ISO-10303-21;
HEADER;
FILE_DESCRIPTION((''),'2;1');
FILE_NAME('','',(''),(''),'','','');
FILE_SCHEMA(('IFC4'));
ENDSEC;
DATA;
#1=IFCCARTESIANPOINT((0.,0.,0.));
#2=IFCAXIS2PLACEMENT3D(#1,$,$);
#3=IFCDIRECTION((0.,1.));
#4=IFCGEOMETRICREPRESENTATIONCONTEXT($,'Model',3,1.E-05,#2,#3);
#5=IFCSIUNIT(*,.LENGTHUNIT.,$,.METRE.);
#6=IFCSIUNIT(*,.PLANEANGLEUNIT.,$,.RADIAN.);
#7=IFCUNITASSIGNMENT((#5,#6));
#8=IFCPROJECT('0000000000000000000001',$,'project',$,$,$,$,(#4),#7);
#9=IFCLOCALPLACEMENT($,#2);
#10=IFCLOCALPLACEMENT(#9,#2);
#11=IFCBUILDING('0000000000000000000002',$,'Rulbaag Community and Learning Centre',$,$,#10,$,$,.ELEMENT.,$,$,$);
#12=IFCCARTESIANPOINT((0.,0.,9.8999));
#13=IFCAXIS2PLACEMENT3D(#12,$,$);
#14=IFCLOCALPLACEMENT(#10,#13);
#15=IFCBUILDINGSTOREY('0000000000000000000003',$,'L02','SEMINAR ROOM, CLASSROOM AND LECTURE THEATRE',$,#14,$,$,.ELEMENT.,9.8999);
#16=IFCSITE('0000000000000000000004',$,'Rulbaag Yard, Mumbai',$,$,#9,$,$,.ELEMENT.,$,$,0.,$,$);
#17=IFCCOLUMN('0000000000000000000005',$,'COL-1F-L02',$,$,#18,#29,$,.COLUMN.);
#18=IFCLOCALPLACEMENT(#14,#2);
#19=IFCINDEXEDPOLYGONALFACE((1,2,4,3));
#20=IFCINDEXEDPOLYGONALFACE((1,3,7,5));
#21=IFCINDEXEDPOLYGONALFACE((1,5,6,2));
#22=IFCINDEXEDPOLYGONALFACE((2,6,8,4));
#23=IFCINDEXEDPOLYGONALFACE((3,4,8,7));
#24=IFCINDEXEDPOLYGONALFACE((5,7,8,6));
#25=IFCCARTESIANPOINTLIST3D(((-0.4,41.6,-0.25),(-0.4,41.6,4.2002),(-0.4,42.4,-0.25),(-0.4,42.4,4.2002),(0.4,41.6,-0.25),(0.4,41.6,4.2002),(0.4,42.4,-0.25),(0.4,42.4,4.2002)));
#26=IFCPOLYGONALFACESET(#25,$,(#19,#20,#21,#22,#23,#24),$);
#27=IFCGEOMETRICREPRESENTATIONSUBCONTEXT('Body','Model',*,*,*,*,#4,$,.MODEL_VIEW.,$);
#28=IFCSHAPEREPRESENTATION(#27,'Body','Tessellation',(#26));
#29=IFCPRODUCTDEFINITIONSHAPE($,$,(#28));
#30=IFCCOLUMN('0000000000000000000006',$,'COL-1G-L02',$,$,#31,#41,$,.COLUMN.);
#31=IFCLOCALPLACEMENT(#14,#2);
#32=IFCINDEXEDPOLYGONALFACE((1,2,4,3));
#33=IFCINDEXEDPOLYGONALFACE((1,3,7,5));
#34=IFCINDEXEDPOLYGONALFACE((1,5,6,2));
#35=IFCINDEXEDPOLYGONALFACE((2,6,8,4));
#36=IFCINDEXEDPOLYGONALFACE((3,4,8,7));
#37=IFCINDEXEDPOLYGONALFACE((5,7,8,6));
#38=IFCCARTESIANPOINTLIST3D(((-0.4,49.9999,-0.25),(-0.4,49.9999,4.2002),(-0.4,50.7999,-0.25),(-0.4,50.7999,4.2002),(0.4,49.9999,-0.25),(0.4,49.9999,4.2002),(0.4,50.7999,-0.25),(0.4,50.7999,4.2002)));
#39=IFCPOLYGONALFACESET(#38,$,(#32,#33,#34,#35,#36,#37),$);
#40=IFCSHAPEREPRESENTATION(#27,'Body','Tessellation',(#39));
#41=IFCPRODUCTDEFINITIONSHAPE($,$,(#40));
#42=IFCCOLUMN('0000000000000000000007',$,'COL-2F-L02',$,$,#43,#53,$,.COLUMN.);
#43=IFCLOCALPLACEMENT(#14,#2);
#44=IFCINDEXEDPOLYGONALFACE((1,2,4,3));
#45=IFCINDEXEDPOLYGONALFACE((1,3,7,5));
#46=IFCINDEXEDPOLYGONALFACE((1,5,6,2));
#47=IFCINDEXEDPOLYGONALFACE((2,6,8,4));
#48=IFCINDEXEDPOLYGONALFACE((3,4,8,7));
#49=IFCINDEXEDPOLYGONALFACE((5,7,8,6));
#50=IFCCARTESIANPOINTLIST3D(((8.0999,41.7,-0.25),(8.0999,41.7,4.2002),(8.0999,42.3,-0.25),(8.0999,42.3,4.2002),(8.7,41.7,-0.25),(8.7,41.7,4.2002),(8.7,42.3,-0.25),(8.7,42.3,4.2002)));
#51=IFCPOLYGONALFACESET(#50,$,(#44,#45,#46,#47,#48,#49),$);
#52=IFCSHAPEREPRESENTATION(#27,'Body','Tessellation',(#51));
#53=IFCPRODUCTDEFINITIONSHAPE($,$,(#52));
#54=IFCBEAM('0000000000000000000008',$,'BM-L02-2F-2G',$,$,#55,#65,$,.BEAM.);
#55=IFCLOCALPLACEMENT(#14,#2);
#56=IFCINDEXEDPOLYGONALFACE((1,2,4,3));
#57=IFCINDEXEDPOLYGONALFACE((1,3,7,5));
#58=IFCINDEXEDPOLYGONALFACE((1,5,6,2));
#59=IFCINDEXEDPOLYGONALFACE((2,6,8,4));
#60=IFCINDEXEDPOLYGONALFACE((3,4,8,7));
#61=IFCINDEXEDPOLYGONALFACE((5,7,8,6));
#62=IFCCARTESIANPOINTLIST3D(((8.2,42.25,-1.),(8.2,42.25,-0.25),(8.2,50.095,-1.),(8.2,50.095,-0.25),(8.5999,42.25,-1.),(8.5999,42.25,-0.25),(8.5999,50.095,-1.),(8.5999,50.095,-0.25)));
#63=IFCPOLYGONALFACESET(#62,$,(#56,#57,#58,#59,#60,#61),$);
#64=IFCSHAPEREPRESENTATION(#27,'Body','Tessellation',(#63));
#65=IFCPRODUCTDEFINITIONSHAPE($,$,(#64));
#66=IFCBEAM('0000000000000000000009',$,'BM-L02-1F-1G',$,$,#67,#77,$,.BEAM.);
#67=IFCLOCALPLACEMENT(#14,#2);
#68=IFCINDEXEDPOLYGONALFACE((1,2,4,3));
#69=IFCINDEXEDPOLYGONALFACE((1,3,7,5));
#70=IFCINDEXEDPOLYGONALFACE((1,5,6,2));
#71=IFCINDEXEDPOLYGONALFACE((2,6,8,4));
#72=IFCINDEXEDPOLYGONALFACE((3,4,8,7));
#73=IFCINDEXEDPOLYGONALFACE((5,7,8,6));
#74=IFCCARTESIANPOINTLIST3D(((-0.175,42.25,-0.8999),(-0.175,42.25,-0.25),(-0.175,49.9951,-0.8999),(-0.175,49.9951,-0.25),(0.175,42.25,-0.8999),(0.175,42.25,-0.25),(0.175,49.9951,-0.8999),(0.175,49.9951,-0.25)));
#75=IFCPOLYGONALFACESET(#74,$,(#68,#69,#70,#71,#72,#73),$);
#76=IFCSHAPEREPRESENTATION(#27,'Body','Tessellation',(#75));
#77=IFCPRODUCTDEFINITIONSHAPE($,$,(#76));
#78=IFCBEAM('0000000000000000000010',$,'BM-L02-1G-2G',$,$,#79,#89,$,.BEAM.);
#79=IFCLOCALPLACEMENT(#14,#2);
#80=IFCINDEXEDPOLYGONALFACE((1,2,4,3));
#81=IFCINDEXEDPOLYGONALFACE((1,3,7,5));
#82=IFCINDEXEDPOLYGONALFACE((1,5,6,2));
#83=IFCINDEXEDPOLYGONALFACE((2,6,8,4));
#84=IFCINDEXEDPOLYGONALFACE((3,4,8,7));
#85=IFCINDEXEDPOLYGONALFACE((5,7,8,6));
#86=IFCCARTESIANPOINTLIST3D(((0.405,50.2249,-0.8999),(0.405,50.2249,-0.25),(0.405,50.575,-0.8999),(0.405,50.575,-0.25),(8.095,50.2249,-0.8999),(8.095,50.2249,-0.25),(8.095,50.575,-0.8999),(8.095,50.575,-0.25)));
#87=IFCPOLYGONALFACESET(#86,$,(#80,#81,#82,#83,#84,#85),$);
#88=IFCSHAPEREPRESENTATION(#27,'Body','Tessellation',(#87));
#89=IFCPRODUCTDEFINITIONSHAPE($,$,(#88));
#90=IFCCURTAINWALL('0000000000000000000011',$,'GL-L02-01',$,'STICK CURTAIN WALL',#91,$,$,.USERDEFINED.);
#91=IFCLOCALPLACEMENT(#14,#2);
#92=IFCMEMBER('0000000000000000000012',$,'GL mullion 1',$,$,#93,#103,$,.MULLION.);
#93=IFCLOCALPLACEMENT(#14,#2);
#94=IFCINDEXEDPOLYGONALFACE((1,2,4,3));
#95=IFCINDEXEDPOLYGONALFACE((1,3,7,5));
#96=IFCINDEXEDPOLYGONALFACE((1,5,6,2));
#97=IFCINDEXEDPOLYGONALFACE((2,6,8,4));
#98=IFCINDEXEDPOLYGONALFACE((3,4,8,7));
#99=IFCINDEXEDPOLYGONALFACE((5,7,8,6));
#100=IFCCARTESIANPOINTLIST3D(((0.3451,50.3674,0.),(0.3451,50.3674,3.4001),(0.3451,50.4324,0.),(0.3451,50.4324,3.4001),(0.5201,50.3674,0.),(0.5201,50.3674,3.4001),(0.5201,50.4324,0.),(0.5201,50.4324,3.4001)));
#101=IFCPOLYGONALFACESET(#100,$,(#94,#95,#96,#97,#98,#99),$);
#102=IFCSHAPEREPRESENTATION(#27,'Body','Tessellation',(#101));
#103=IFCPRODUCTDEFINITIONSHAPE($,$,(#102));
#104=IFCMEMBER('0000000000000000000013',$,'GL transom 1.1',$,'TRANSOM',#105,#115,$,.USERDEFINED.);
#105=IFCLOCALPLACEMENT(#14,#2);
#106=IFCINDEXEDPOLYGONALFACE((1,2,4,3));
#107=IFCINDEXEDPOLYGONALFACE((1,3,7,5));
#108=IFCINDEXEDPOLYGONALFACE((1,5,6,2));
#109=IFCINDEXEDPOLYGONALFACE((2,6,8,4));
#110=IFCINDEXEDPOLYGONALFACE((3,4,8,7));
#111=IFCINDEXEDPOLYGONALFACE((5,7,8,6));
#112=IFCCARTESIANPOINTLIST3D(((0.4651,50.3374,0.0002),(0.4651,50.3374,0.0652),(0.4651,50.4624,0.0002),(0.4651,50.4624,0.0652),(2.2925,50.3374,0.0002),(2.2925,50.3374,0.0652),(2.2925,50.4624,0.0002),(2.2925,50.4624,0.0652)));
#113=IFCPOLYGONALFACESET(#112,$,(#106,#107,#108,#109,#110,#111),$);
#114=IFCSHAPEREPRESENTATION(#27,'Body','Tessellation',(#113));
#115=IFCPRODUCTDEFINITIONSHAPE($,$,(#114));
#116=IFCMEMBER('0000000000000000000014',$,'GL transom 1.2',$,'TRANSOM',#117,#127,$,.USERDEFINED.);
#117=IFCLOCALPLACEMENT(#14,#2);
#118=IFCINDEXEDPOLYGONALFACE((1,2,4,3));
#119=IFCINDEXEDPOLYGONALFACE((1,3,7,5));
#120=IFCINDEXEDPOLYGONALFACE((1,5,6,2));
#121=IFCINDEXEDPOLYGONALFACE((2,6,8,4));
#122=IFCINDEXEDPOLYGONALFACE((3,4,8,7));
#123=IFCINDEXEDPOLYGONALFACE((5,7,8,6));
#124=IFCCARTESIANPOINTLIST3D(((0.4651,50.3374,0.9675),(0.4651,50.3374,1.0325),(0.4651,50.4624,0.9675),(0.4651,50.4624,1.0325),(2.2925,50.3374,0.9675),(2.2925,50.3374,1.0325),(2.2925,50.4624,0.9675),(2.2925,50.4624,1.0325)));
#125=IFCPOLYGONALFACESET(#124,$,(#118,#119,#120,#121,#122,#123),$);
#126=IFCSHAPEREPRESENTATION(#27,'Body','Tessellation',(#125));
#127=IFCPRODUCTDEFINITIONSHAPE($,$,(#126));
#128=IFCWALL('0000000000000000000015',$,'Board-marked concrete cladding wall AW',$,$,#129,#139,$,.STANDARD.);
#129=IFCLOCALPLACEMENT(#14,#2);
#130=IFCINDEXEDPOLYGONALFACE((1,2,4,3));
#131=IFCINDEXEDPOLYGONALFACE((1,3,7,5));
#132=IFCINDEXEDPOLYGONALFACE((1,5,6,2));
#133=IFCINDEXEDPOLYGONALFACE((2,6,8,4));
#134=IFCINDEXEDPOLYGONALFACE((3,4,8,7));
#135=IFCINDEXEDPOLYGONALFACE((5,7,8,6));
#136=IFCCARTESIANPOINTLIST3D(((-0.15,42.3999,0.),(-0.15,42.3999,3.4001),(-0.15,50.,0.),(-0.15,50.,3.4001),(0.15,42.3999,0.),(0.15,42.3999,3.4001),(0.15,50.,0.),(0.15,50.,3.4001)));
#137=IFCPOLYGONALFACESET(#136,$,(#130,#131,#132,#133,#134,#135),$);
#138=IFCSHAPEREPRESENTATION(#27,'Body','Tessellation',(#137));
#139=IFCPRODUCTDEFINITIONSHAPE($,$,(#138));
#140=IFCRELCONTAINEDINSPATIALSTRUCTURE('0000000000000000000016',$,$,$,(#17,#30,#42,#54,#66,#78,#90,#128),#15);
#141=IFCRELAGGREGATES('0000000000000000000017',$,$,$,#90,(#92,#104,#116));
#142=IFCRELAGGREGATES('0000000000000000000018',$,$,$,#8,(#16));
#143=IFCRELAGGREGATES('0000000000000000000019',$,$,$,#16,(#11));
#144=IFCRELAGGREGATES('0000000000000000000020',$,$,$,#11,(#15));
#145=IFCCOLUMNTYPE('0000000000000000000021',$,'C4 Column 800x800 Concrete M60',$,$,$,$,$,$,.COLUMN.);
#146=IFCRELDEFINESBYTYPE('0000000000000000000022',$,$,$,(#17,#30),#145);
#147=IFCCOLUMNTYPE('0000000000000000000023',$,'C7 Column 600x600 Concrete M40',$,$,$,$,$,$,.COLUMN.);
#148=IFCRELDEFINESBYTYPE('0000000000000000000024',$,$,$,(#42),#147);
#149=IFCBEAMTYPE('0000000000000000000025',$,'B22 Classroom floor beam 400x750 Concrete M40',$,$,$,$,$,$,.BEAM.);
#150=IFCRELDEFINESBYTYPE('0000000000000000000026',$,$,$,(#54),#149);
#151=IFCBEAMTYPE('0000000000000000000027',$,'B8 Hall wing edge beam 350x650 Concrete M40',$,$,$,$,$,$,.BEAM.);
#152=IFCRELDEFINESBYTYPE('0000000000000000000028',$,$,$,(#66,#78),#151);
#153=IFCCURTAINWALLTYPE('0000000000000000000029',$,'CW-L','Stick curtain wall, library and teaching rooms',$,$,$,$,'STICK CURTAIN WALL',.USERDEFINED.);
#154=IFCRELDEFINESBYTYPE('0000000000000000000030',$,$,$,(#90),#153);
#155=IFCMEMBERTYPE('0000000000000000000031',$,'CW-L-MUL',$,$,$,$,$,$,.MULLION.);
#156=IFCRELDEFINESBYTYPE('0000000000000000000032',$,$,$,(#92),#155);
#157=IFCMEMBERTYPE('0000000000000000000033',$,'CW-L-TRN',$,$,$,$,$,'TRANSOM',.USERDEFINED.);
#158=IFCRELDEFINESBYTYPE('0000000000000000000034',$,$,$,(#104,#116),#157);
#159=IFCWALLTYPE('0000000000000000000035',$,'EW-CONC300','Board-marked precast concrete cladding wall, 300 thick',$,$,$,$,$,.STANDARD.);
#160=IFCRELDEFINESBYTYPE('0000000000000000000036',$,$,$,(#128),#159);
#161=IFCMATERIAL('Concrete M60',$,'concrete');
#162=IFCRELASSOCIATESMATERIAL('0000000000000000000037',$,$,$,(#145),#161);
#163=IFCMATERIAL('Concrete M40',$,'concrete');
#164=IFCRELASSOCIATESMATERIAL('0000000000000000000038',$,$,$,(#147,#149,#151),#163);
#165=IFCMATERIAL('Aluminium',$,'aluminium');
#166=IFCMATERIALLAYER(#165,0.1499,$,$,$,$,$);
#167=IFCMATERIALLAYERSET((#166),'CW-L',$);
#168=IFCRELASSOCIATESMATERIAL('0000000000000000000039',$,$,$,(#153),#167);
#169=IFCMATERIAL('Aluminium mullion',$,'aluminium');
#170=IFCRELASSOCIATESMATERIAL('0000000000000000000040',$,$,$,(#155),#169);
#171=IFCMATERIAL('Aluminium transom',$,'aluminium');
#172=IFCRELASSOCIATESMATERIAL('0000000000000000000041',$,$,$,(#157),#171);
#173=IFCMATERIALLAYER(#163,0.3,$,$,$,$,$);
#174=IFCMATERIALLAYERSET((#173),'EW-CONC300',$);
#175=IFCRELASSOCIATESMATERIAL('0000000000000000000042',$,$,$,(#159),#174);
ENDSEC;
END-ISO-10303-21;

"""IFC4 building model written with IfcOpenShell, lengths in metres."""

from ifc_helpers import new_model, si_unit, direction, frame, frame_2d, origin, origin_2d, place, context, subcontext, project, spatial, rectangle, extrude, material, layer, layer_set, material_profile, profile_set, type_object, element, aggregate, save


model = new_model("IFC4")

# Units and contexts
model_context = context("Model", 3, precision=1e-05, world=origin(), true_north=direction((0.0, 1.0)))
body_context = subcontext(model_context, "Body", "Model", "MODEL_VIEW")
ifc_project = project(units=[si_unit("LENGTHUNIT", "METRE"), si_unit("PLANEANGLEUNIT", "RADIAN")], contexts=[model_context])

# Site, building, storey
site_placement = place(None, origin())
site = spatial("IfcSite", under=ifc_project, at=site_placement, Name="Rulbaag Yard, Mumbai", CompositionType="ELEMENT", RefElevation=0.0)
building_placement = place(site_placement, origin())
building = spatial("IfcBuilding", under=site, at=building_placement, Name="Rulbaag Community and Learning Centre", CompositionType="ELEMENT")
storey_placement = place(building_placement, frame((0.0, 0.0, 9.8999)))
storey = spatial("IfcBuildingStorey", under=building, at=storey_placement, Name="L02", Description="SEMINAR ROOM, CLASSROOM AND LECTURE THEATRE", CompositionType="ELEMENT", Elevation=9.8999)

# Columns
ifc_material_1 = material(Name="Concrete M60", Category="concrete")
ifc_material_profile_1 = material_profile(ifc_material_1, rectangle(XDim=0.8, YDim=0.8, at=origin_2d()), Name="RC800x800")
ifc_profile_set_1 = profile_set([ifc_material_profile_1], Name="Concrete M60")
column_type_1 = type_object("IfcColumnType", Name="C4 Column 800x800 Concrete M60", PredefinedType="COLUMN", material=ifc_profile_set_1)
for number, where, z_axis, x_axis, name in (
    (1, (0.0, 42.0, -0.25), (0.0, 0.0, 1.0), (1.0, 0.0, 0.0), "COL-1F-L02"),
    (2, (0.0, 50.3999, -0.25), (0.0, 0.0, 1.0), (1.0, 0.0, 0.0), "COL-1G-L02"),
):
    element("IfcColumn", number, at=place(storey_placement, frame(where, z_axis=z_axis, x_axis=x_axis)), inside=storey, type_object=column_type_1, Name=name, PredefinedType="COLUMN", context=body_context, shape_type="SweptSolid", body=[
        extrude(rectangle(XDim=0.8, YDim=0.8, at=origin_2d()), origin(), (0.0, 0.0, 1.0), 4.4502),
    ])
ifc_material_2 = material(Name="Concrete M40", Category="concrete")
ifc_material_profile_2 = material_profile(ifc_material_2, rectangle(XDim=0.6001, YDim=0.6001, at=origin_2d()), Name="RC600x600")
ifc_profile_set_2 = profile_set([ifc_material_profile_2], Name="Concrete M40")
column_type_2 = type_object("IfcColumnType", Name="C7 Column 600x600 Concrete M40", PredefinedType="COLUMN", material=ifc_profile_set_2)
column_placement = place(storey_placement, frame((8.3999, 42.0, -0.25), z_axis=(0.0, 0.0, 1.0), x_axis=(1.0, 0.0, 0.0)))
element("IfcColumn", 3, at=column_placement, inside=storey, type_object=column_type_2, Name="COL-2F-L02", PredefinedType="COLUMN", context=body_context, shape_type="SweptSolid", body=[
    extrude(rectangle(XDim=0.6001, YDim=0.6001, at=origin_2d()), origin(), (0.0, 0.0, 1.0), 4.4502),
])

# Beams
ifc_material_profile_3 = material_profile(ifc_material_2, rectangle(XDim=0.3999, YDim=0.75, at=origin_2d()), Name="RB400x750")
ifc_profile_set_3 = profile_set([ifc_material_profile_3], Name="Concrete M40")
beam_type_1 = type_object("IfcBeamType", Name="B22 Classroom floor beam 400x750 Concrete M40", PredefinedType="BEAM", material=ifc_profile_set_3)
beam_1_placement = place(storey_placement, frame((8.3999, 42.25, -0.625), z_axis=(0.0, 1.0, 0.0), x_axis=(-1.0, 0.0, 0.0)))
element("IfcBeam", 4, at=beam_1_placement, inside=storey, type_object=beam_type_1, Name="BM-L02-2F-2G", PredefinedType="BEAM", context=body_context, shape_type="SweptSolid", body=[
    extrude(rectangle(XDim=0.3999, YDim=0.75, at=origin_2d()), origin(), (0.0, 0.0, 1.0), 7.845),
])
ifc_material_profile_4 = material_profile(ifc_material_2, rectangle(XDim=0.3501, YDim=0.6499, at=origin_2d()), Name="RB350x650")
ifc_profile_set_4 = profile_set([ifc_material_profile_4], Name="Concrete M40")
beam_type_2 = type_object("IfcBeamType", Name="B8 Hall wing edge beam 350x650 Concrete M40", PredefinedType="BEAM", material=ifc_profile_set_4)
beam_2_placement = place(storey_placement, frame((0.0, 42.25, -0.575), z_axis=(0.0, 1.0, 0.0), x_axis=(-1.0, 0.0, 0.0)))
element("IfcBeam", 5, at=beam_2_placement, inside=storey, type_object=beam_type_2, Name="BM-L02-1F-1G", PredefinedType="BEAM", context=body_context, shape_type="SweptSolid", body=[
    extrude(rectangle(XDim=0.3501, YDim=0.6499, at=origin_2d()), origin(), (0.0, 0.0, 1.0), 7.7451),
])
beam_3_placement = place(storey_placement, frame((0.405, 50.3999, -0.575), z_axis=(1.0, 0.0, 0.0), x_axis=(0.0, 1.0, 0.0)))
element("IfcBeam", 6, at=beam_3_placement, inside=storey, type_object=beam_type_2, Name="BM-L02-1G-2G", PredefinedType="BEAM", context=body_context, shape_type="SweptSolid", body=[
    extrude(rectangle(XDim=0.3501, YDim=0.6499, at=origin_2d()), origin(), (0.0, 0.0, 1.0), 7.6899),
])

# Curtain wall, members
ifc_material_3 = material(Name="Aluminium", Category="aluminium")
ifc_layer_1 = layer(ifc_material_3, 0.1499)
ifc_layer_set_1 = layer_set([ifc_layer_1], Name="CW-L")
curtain_wall_type = type_object("IfcCurtainWallType", Name="CW-L", Description="Stick curtain wall, library and teaching rooms", ElementType="STICK CURTAIN WALL", PredefinedType="USERDEFINED", material=ifc_layer_set_1)
curtain_wall_placement = place(storey_placement, origin())
curtain_wall = element("IfcCurtainWall", 7, at=curtain_wall_placement, inside=storey, type_object=curtain_wall_type, Name="GL-L02-01", ObjectType="STICK CURTAIN WALL", PredefinedType="USERDEFINED")
ifc_material_4 = material(Name="Aluminium mullion", Category="aluminium")
ifc_material_profile_5 = material_profile(ifc_material_4, rectangle(XDim=0.0649, YDim=0.175, at=origin_2d()), Name="AL 65x175")
ifc_profile_set_5 = profile_set([ifc_material_profile_5], Name="Aluminium mullion")
member_type_1 = type_object("IfcMemberType", Name="CW-L-MUL", PredefinedType="MULLION", material=ifc_profile_set_5)
member_1_placement = place(storey_placement, frame((0.4326, 50.3999, 0.0), z_axis=(0.0, 0.0, 1.0), x_axis=(0.0, 1.0, 0.0)))
member_1 = element("IfcMember", 8, at=member_1_placement, type_object=member_type_1, Name="GL mullion 1", PredefinedType="MULLION", context=body_context, shape_type="SweptSolid", body=[
    extrude(rectangle(XDim=0.0649, YDim=0.175, at=origin_2d()), origin(), (0.0, 0.0, 1.0), 3.4001),
])
ifc_material_5 = material(Name="Aluminium transom", Category="aluminium")
ifc_material_profile_6 = material_profile(ifc_material_5, rectangle(XDim=0.125, YDim=0.0649, at=origin_2d()), Name="AL 65x125 T")
ifc_profile_set_6 = profile_set([ifc_material_profile_6], Name="Aluminium transom")
member_type_2 = type_object("IfcMemberType", Name="CW-L-TRN", ElementType="TRANSOM", PredefinedType="USERDEFINED", material=ifc_profile_set_6)
member_2_placement = place(storey_placement, frame((0.4651, 50.3999, 0.0327), z_axis=(1.0, 0.0, 0.0), x_axis=(0.0, 1.0, 0.0)))
member_2 = element("IfcMember", 9, at=member_2_placement, type_object=member_type_2, Name="GL transom 1.1", ObjectType="TRANSOM", PredefinedType="USERDEFINED", context=body_context, shape_type="SweptSolid", body=[
    extrude(rectangle(XDim=0.125, YDim=0.0649, at=origin_2d()), origin(), (0.0, 0.0, 1.0), 1.8274),
])
member_3_placement = place(storey_placement, frame((0.4651, 50.3999, 1.0), z_axis=(1.0, 0.0, 0.0), x_axis=(0.0, 1.0, 0.0)))
member_3 = element("IfcMember", 10, at=member_3_placement, type_object=member_type_2, Name="GL transom 1.2", ObjectType="TRANSOM", PredefinedType="USERDEFINED", context=body_context, shape_type="SweptSolid", body=[
    extrude(rectangle(XDim=0.125, YDim=0.0649, at=origin_2d()), origin(), (0.0, 0.0, 1.0), 1.8274),
])
aggregate(curtain_wall, [member_1, member_2, member_3])

# Wall
ifc_layer_2 = layer(ifc_material_2, 0.3)
ifc_layer_set_2 = layer_set([ifc_layer_2], Name="EW-CONC300")
wall_type_1 = type_object("IfcWallType", Name="EW-CONC300", Description="Board-marked precast concrete cladding wall, 300 thick", PredefinedType="STANDARD", material=ifc_layer_set_2)
wall_1_placement = place(storey_placement, frame((0.0, 42.3999, 0.0), z_axis=(0.0, 0.0, 1.0), x_axis=(0.0, 1.0, 0.0)))
element("IfcWall", 11, at=wall_1_placement, inside=storey, type_object=wall_type_1, Name="Board-marked concrete cladding wall AW", PredefinedType="STANDARD", context=body_context, shape_type="SweptSolid", body=[
    extrude(rectangle(XDim=7.6001, YDim=0.3, at=frame_2d((3.8, 0.0))), origin(), (0.0, 0.0, 1.0), 3.4001),
])

save(model, "model.ifc")
